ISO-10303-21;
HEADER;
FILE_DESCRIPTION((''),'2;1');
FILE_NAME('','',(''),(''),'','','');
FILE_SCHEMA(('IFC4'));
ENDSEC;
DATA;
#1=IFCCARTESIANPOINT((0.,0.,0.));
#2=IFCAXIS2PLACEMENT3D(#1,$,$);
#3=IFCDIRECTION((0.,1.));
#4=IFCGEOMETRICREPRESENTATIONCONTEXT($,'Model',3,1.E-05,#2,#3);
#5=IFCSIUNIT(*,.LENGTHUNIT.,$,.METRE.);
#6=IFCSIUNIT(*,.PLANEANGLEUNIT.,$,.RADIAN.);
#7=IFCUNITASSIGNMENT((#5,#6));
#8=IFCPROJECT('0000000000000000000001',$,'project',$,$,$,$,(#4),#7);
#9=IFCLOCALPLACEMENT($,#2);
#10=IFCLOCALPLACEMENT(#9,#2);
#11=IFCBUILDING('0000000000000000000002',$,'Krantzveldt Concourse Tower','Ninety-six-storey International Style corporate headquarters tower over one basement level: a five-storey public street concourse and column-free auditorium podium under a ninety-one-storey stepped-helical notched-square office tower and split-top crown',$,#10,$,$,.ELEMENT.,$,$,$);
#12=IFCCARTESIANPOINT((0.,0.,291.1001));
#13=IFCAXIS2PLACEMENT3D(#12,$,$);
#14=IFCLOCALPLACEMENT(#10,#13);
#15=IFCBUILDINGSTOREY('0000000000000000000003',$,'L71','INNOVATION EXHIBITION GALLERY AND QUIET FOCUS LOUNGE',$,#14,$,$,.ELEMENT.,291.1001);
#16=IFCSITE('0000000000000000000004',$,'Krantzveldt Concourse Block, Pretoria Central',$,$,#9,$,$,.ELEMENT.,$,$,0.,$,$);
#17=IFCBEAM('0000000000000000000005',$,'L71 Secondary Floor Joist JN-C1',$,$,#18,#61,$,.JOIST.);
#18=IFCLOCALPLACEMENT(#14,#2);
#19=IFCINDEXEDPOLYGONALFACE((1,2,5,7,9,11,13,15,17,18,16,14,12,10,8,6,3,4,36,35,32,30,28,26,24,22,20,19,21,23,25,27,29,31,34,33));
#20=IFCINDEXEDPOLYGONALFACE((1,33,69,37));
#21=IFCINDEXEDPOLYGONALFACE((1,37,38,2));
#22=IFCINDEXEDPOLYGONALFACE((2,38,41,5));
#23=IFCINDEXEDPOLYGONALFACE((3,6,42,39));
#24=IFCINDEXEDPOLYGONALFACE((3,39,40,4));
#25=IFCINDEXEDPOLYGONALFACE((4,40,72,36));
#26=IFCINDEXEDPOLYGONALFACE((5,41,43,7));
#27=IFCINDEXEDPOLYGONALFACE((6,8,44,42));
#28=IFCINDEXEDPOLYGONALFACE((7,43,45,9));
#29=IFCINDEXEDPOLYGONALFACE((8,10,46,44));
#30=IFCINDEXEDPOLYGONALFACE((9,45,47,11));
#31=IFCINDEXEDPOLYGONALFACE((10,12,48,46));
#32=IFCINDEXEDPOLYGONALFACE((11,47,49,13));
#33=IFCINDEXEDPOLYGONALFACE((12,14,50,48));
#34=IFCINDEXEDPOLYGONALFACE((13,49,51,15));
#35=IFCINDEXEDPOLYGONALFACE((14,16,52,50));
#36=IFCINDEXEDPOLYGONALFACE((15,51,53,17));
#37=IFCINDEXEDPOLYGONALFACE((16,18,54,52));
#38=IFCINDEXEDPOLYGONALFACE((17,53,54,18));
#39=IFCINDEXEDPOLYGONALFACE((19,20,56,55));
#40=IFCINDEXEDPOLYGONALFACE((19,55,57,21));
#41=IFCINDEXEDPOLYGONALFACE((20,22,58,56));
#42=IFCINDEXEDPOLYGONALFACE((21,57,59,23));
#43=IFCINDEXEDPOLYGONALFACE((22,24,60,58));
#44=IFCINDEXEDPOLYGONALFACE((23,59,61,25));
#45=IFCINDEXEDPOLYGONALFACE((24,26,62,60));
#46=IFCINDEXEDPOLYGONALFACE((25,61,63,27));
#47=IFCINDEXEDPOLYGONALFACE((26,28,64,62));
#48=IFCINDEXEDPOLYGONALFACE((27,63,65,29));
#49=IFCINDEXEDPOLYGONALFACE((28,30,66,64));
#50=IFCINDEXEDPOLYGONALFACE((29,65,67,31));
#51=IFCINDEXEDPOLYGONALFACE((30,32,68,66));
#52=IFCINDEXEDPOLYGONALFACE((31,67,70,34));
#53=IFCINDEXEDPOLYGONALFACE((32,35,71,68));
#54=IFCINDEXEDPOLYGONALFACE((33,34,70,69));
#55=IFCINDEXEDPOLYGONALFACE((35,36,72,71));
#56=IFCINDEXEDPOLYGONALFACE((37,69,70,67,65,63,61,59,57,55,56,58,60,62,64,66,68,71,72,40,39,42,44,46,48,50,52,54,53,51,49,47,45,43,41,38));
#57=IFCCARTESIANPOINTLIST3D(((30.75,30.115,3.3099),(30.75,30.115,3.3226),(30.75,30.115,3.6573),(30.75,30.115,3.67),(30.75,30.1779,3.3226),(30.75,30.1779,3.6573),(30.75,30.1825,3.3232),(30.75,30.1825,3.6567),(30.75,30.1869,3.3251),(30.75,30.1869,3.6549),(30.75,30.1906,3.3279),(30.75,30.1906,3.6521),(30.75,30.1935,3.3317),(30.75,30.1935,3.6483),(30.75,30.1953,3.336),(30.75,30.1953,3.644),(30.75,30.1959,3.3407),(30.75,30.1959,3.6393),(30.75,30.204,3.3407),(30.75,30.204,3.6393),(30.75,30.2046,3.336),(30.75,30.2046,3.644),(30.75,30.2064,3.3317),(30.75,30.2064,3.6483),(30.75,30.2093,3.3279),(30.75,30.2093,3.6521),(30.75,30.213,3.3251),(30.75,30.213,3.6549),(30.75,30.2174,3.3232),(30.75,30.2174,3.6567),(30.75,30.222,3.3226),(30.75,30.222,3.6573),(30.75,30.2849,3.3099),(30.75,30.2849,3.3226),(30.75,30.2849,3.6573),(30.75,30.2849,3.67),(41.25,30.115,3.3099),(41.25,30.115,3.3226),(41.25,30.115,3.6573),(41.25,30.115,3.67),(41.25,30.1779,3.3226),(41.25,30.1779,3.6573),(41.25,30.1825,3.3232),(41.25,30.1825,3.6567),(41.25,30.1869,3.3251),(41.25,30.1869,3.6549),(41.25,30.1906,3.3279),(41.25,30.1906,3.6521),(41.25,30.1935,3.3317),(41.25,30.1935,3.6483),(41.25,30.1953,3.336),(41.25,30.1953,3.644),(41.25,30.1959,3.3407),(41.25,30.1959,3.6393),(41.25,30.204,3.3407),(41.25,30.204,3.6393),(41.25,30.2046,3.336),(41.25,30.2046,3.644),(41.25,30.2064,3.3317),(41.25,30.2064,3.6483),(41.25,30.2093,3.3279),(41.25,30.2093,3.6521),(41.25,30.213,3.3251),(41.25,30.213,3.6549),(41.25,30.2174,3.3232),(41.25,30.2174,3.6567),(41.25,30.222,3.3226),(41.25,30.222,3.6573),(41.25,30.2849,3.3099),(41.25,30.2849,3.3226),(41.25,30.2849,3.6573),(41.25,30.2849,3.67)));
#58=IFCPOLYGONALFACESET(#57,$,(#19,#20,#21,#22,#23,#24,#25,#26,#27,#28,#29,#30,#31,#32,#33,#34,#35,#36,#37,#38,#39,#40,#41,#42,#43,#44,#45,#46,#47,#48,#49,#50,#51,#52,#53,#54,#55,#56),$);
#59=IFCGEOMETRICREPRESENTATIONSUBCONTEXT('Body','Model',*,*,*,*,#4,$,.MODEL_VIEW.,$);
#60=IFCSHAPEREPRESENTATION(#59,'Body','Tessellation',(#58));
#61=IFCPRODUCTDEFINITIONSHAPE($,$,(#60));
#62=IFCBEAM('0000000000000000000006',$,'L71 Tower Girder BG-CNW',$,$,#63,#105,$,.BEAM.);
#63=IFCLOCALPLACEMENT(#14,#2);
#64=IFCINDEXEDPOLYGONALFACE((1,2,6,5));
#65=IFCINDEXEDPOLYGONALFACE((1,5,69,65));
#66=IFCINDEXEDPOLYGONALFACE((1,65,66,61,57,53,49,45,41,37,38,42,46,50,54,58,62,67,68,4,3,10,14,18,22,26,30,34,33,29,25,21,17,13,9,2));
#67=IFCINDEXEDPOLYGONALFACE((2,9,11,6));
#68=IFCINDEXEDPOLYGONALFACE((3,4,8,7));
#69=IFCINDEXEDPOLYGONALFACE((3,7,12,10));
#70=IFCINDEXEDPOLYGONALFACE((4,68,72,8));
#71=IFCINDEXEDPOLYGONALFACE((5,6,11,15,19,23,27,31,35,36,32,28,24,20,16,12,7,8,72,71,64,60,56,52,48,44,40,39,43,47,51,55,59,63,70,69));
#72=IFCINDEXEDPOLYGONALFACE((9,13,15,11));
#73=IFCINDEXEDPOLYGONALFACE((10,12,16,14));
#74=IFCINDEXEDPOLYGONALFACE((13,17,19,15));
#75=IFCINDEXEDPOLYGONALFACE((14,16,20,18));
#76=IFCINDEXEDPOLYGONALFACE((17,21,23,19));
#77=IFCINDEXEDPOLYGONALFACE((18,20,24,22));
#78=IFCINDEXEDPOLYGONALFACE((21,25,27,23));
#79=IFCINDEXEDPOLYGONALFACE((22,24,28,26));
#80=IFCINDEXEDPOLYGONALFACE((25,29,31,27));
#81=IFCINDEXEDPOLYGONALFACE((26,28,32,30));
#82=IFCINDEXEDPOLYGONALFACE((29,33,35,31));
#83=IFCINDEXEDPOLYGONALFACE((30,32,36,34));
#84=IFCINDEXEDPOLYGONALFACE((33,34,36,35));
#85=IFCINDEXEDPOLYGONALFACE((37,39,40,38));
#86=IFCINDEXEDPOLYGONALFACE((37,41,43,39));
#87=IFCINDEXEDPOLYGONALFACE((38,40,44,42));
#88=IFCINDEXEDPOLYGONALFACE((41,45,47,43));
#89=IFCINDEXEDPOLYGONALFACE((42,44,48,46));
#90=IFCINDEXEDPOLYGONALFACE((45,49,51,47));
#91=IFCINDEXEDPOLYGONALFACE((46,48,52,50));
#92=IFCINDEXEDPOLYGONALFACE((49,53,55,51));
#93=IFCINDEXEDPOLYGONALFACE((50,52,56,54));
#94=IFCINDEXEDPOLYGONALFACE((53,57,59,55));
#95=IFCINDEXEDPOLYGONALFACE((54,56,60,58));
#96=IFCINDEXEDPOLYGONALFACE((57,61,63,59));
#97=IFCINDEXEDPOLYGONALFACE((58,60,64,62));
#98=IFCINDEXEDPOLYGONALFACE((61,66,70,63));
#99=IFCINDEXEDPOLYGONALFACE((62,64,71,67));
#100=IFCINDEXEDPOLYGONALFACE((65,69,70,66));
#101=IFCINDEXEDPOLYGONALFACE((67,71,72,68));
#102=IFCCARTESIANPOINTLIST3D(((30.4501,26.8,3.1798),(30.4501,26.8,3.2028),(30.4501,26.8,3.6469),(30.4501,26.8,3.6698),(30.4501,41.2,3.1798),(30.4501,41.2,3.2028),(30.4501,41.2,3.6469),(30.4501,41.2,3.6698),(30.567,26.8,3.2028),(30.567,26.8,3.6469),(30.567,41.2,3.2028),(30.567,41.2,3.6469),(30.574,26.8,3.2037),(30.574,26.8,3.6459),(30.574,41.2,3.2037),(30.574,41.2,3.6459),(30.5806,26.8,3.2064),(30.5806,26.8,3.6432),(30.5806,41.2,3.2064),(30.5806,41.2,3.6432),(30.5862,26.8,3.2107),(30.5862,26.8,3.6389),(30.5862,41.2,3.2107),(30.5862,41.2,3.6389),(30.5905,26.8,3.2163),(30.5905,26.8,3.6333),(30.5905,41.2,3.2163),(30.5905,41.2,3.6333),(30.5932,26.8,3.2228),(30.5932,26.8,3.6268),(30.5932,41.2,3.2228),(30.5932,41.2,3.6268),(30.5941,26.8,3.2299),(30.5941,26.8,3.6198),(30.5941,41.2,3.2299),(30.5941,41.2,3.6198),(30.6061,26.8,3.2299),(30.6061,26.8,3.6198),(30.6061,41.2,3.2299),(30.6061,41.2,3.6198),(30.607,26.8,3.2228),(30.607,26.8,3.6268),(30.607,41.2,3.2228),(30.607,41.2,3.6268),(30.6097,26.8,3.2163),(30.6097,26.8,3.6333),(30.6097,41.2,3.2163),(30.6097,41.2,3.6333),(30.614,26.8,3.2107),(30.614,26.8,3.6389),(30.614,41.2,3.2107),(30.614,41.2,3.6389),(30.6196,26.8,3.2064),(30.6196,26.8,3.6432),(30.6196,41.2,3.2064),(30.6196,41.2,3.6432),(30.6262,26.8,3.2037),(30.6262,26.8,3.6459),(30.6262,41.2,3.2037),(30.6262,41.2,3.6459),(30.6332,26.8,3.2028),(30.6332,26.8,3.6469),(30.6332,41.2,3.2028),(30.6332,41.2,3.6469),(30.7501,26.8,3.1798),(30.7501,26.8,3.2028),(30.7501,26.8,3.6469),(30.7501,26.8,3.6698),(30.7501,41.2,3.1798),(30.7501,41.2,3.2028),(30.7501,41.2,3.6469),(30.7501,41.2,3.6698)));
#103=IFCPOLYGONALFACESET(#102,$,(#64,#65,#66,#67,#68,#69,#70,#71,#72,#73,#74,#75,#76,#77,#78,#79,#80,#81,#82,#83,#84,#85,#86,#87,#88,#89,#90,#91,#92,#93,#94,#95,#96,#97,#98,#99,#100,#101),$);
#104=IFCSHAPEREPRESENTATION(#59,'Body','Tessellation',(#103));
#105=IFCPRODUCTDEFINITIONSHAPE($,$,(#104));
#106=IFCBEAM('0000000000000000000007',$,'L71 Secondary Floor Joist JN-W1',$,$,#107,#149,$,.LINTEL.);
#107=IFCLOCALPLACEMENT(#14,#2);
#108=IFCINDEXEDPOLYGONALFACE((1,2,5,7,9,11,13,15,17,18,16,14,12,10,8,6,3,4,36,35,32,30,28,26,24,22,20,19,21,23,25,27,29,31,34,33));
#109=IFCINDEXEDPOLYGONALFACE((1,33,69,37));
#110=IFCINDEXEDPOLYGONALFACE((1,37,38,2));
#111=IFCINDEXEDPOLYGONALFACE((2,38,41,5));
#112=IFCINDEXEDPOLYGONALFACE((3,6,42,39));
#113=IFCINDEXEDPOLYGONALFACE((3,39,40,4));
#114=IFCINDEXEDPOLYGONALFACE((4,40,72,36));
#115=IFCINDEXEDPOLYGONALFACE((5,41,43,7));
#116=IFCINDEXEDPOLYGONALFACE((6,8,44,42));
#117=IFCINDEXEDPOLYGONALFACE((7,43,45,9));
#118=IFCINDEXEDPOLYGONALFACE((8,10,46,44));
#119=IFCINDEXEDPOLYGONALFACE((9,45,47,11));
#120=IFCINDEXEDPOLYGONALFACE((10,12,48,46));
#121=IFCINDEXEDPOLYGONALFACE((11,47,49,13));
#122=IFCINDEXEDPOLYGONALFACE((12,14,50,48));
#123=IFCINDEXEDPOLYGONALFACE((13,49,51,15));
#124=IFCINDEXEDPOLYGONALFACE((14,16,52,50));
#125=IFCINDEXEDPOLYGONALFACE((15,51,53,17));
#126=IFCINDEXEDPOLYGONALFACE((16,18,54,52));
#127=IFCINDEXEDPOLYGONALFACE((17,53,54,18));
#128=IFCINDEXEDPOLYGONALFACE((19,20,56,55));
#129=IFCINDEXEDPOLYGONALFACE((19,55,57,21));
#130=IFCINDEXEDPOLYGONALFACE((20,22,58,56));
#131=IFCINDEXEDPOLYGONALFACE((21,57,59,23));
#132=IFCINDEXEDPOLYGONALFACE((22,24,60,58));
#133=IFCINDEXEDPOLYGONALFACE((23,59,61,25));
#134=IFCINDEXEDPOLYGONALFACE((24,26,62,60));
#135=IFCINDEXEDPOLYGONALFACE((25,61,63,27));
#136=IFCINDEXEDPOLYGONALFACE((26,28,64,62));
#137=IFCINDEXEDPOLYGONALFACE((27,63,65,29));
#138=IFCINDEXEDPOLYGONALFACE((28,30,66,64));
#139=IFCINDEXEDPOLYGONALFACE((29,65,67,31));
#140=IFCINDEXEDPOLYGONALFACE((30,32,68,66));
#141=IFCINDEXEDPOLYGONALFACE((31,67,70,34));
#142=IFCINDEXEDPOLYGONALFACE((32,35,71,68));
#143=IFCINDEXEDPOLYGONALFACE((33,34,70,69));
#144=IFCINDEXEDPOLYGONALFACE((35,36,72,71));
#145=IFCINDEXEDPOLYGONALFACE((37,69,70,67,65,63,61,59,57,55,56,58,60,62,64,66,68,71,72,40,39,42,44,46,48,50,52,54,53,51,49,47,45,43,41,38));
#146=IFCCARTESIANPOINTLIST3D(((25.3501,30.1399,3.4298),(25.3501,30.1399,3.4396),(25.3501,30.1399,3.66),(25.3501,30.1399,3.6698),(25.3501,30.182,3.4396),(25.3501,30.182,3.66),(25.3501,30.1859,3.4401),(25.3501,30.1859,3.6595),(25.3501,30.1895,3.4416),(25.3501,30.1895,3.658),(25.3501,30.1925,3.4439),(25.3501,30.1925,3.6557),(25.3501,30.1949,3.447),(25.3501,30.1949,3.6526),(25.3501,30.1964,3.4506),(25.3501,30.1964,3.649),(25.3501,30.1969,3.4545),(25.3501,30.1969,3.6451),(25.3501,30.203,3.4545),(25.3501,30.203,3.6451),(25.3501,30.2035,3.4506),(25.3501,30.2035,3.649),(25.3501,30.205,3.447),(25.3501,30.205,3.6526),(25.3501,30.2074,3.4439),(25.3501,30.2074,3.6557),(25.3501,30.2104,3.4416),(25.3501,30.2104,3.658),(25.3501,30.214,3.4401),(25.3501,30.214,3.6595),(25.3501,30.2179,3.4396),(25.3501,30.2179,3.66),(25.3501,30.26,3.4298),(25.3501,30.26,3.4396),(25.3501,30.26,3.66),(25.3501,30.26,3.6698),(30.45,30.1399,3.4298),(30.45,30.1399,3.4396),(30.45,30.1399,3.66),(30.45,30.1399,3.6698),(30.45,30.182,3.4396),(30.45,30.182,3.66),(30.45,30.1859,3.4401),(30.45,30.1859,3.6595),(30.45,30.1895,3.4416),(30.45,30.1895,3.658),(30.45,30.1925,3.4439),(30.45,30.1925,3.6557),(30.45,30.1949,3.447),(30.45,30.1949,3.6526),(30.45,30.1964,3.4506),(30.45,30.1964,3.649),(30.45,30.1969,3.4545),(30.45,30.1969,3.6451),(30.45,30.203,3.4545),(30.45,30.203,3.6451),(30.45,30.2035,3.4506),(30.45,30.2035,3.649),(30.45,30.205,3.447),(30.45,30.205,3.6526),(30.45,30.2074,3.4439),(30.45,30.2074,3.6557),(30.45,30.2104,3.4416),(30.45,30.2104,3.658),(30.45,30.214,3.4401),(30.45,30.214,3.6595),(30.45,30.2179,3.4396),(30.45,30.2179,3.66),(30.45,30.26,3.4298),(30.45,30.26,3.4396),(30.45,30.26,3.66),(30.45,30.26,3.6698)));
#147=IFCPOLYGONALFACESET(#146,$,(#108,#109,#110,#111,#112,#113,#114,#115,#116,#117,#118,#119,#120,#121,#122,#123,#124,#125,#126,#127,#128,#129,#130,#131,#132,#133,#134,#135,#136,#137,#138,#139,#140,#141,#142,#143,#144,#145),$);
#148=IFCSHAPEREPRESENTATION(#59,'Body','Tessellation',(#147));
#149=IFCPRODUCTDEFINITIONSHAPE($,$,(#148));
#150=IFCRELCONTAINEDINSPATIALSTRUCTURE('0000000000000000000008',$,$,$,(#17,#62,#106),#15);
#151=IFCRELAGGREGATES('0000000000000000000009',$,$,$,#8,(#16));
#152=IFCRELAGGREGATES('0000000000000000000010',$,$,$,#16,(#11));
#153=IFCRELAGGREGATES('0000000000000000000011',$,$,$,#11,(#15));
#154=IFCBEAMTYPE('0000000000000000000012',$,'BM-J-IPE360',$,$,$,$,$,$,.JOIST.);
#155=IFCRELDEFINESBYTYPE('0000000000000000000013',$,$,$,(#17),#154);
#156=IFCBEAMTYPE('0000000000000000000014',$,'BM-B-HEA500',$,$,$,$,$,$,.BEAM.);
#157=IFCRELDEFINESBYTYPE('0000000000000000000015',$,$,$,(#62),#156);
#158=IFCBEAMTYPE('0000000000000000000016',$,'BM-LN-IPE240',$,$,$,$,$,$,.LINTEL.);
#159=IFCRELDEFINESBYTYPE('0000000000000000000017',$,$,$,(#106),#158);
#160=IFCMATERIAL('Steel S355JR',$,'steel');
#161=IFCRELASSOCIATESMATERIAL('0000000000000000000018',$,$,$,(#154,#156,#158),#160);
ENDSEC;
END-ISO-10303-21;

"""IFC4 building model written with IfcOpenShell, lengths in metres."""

from ifc_helpers import new_model, si_unit, direction, frame, origin, origin_2d, place, context, subcontext, project, spatial, i_section, extrude, source, transform, mapped, material, material_profile, profile_set, type_object, type_shapes, element, save


model = new_model("IFC4")

# Units and contexts
model_context = context("Model", 3, precision=1e-05, world=origin(), true_north=direction((0.0, 1.0)))
body_context = subcontext(model_context, "Body", "Model", "MODEL_VIEW")
ifc_project = project(units=[si_unit("LENGTHUNIT", "METRE"), si_unit("PLANEANGLEUNIT", "RADIAN")], contexts=[model_context])

# Site, building, storey
site_placement = place(None, origin())
site = spatial("IfcSite", under=ifc_project, at=site_placement, Name="Krantzveldt Concourse Block, Pretoria Central", CompositionType="ELEMENT", RefElevation=0.0)
building_placement = place(site_placement, origin())
building = spatial("IfcBuilding", under=site, at=building_placement, Name="Krantzveldt Concourse Tower", Description="Ninety-six-storey International Style corporate headquarters tower over one basement level: a five-storey public street concourse and column-free auditorium podium under a ninety-one-storey stepped-helical notched-square office tower and split-top crown", CompositionType="ELEMENT")
storey_placement = place(building_placement, frame((0.0, 0.0, 291.1001)))
storey = spatial("IfcBuildingStorey", under=building, at=storey_placement, Name="L71", Description="INNOVATION EXHIBITION GALLERY AND QUIET FOCUS LOUNGE", CompositionType="ELEMENT", Elevation=291.1001)

# Beams
ifc_material_1 = material(Name="Steel S355JR", Category="steel")
ifc_material_profile_1 = material_profile(ifc_material_1, i_section(OverallWidth=0.1699, OverallDepth=0.3601, WebThickness=0.0081, FlangeThickness=0.0127, FilletRadius=0.0181, at=origin_2d()), Name="Steel S355JR", Category="steel")
ifc_profile_set_1 = profile_set([ifc_material_profile_1], Name="Steel S355JR - IPE 360")
beam_type_1 = type_object("IfcBeamType", Name="BM-J-IPE360", PredefinedType="JOIST", material=ifc_profile_set_1)
shared_shape_1 = source(origin(), body_context, "Body", "SweptSolid", [
    extrude(i_section(OverallWidth=0.1699, OverallDepth=0.3601, WebThickness=0.0081, FlangeThickness=0.0127, FilletRadius=0.0181, at=origin_2d()), origin(), (0.0, 0.0, 1.0), 10.5),
])
type_shapes(beam_type_1, [shared_shape_1])
beam_1_placement = place(storey_placement, frame((30.75, 30.2, 3.49), z_axis=(1.0, 0.0, 0.0), x_axis=(0.0, 1.0, 0.0)))
element("IfcBeam", 1, at=beam_1_placement, inside=storey, type_object=beam_type_1, Name="L71 Secondary Floor Joist JN-C1", PredefinedType="JOIST", context=body_context, shape_type="MappedRepresentation", body=[
    mapped(shared_shape_1, transform((0.0, 0.0, 0.0), x_axis=(1.0, 0.0, 0.0), y_axis=(0.0, 1.0, 0.0), z_axis=(0.0, 0.0, 1.0), scale=1.0)),
])
ifc_material_profile_2 = material_profile(ifc_material_1, i_section(OverallWidth=0.3, OverallDepth=0.49, WebThickness=0.012, FlangeThickness=0.0229, FilletRadius=0.0271, at=origin_2d()), Name="Steel S355JR", Category="steel")
ifc_profile_set_2 = profile_set([ifc_material_profile_2], Name="Steel S355JR - HEA 500")
beam_type_2 = type_object("IfcBeamType", Name="BM-B-HEA500", PredefinedType="BEAM", material=ifc_profile_set_2)
shared_shape_2 = source(origin(), body_context, "Body", "SweptSolid", [
    extrude(i_section(OverallWidth=0.3, OverallDepth=0.49, WebThickness=0.012, FlangeThickness=0.0229, FilletRadius=0.0271, at=origin_2d()), origin(), (0.0, 0.0, 1.0), 14.3999),
])
type_shapes(beam_type_2, [shared_shape_2])
beam_2_placement = place(storey_placement, frame((30.6001, 26.8, 3.4248), z_axis=(0.0, 1.0, 0.0), x_axis=(-1.0, 0.0, 0.0)))
element("IfcBeam", 2, at=beam_2_placement, inside=storey, type_object=beam_type_2, Name="L71 Tower Girder BG-CNW", PredefinedType="BEAM", context=body_context, shape_type="MappedRepresentation", body=[
    mapped(shared_shape_2, transform((0.0, 0.0, 0.0), x_axis=(1.0, 0.0, 0.0), y_axis=(0.0, 1.0, 0.0), z_axis=(0.0, 0.0, 1.0), scale=1.0)),
])
ifc_material_profile_3 = material_profile(ifc_material_1, i_section(OverallWidth=0.1201, OverallDepth=0.24, WebThickness=0.0061, FlangeThickness=0.0098, FilletRadius=0.0149, at=origin_2d()), Name="Steel S355JR", Category="steel")
ifc_profile_set_3 = profile_set([ifc_material_profile_3], Name="Steel S355JR - IPE 240")
beam_type_3 = type_object("IfcBeamType", Name="BM-LN-IPE240", PredefinedType="LINTEL", material=ifc_profile_set_3)
shared_shape_3 = source(origin(), body_context, "Body", "SweptSolid", [
    extrude(i_section(OverallWidth=0.1201, OverallDepth=0.24, WebThickness=0.0061, FlangeThickness=0.0098, FilletRadius=0.0149, at=origin_2d()), origin(), (0.0, 0.0, 1.0), 5.0999),
])
type_shapes(beam_type_3, [shared_shape_3])
for number, where, z_axis, x_axis, name in (
    (3, (25.3501, 30.2, 3.5498), (1.0, 0.0, 0.0), (0.0, 1.0, 0.0), "L71 Secondary Floor Joist JN-W1"),
):
    element("IfcBeam", number, at=place(storey_placement, frame(where, z_axis=z_axis, x_axis=x_axis)), inside=storey, type_object=beam_type_3, Name=name, PredefinedType="LINTEL", context=body_context, shape_type="MappedRepresentation", body=[
        mapped(shared_shape_3, transform((0.0, 0.0, 0.0), x_axis=(1.0, 0.0, 0.0), y_axis=(0.0, 1.0, 0.0), z_axis=(0.0, 0.0, 1.0), scale=1.0)),
    ])

save(model, "model.ifc")
